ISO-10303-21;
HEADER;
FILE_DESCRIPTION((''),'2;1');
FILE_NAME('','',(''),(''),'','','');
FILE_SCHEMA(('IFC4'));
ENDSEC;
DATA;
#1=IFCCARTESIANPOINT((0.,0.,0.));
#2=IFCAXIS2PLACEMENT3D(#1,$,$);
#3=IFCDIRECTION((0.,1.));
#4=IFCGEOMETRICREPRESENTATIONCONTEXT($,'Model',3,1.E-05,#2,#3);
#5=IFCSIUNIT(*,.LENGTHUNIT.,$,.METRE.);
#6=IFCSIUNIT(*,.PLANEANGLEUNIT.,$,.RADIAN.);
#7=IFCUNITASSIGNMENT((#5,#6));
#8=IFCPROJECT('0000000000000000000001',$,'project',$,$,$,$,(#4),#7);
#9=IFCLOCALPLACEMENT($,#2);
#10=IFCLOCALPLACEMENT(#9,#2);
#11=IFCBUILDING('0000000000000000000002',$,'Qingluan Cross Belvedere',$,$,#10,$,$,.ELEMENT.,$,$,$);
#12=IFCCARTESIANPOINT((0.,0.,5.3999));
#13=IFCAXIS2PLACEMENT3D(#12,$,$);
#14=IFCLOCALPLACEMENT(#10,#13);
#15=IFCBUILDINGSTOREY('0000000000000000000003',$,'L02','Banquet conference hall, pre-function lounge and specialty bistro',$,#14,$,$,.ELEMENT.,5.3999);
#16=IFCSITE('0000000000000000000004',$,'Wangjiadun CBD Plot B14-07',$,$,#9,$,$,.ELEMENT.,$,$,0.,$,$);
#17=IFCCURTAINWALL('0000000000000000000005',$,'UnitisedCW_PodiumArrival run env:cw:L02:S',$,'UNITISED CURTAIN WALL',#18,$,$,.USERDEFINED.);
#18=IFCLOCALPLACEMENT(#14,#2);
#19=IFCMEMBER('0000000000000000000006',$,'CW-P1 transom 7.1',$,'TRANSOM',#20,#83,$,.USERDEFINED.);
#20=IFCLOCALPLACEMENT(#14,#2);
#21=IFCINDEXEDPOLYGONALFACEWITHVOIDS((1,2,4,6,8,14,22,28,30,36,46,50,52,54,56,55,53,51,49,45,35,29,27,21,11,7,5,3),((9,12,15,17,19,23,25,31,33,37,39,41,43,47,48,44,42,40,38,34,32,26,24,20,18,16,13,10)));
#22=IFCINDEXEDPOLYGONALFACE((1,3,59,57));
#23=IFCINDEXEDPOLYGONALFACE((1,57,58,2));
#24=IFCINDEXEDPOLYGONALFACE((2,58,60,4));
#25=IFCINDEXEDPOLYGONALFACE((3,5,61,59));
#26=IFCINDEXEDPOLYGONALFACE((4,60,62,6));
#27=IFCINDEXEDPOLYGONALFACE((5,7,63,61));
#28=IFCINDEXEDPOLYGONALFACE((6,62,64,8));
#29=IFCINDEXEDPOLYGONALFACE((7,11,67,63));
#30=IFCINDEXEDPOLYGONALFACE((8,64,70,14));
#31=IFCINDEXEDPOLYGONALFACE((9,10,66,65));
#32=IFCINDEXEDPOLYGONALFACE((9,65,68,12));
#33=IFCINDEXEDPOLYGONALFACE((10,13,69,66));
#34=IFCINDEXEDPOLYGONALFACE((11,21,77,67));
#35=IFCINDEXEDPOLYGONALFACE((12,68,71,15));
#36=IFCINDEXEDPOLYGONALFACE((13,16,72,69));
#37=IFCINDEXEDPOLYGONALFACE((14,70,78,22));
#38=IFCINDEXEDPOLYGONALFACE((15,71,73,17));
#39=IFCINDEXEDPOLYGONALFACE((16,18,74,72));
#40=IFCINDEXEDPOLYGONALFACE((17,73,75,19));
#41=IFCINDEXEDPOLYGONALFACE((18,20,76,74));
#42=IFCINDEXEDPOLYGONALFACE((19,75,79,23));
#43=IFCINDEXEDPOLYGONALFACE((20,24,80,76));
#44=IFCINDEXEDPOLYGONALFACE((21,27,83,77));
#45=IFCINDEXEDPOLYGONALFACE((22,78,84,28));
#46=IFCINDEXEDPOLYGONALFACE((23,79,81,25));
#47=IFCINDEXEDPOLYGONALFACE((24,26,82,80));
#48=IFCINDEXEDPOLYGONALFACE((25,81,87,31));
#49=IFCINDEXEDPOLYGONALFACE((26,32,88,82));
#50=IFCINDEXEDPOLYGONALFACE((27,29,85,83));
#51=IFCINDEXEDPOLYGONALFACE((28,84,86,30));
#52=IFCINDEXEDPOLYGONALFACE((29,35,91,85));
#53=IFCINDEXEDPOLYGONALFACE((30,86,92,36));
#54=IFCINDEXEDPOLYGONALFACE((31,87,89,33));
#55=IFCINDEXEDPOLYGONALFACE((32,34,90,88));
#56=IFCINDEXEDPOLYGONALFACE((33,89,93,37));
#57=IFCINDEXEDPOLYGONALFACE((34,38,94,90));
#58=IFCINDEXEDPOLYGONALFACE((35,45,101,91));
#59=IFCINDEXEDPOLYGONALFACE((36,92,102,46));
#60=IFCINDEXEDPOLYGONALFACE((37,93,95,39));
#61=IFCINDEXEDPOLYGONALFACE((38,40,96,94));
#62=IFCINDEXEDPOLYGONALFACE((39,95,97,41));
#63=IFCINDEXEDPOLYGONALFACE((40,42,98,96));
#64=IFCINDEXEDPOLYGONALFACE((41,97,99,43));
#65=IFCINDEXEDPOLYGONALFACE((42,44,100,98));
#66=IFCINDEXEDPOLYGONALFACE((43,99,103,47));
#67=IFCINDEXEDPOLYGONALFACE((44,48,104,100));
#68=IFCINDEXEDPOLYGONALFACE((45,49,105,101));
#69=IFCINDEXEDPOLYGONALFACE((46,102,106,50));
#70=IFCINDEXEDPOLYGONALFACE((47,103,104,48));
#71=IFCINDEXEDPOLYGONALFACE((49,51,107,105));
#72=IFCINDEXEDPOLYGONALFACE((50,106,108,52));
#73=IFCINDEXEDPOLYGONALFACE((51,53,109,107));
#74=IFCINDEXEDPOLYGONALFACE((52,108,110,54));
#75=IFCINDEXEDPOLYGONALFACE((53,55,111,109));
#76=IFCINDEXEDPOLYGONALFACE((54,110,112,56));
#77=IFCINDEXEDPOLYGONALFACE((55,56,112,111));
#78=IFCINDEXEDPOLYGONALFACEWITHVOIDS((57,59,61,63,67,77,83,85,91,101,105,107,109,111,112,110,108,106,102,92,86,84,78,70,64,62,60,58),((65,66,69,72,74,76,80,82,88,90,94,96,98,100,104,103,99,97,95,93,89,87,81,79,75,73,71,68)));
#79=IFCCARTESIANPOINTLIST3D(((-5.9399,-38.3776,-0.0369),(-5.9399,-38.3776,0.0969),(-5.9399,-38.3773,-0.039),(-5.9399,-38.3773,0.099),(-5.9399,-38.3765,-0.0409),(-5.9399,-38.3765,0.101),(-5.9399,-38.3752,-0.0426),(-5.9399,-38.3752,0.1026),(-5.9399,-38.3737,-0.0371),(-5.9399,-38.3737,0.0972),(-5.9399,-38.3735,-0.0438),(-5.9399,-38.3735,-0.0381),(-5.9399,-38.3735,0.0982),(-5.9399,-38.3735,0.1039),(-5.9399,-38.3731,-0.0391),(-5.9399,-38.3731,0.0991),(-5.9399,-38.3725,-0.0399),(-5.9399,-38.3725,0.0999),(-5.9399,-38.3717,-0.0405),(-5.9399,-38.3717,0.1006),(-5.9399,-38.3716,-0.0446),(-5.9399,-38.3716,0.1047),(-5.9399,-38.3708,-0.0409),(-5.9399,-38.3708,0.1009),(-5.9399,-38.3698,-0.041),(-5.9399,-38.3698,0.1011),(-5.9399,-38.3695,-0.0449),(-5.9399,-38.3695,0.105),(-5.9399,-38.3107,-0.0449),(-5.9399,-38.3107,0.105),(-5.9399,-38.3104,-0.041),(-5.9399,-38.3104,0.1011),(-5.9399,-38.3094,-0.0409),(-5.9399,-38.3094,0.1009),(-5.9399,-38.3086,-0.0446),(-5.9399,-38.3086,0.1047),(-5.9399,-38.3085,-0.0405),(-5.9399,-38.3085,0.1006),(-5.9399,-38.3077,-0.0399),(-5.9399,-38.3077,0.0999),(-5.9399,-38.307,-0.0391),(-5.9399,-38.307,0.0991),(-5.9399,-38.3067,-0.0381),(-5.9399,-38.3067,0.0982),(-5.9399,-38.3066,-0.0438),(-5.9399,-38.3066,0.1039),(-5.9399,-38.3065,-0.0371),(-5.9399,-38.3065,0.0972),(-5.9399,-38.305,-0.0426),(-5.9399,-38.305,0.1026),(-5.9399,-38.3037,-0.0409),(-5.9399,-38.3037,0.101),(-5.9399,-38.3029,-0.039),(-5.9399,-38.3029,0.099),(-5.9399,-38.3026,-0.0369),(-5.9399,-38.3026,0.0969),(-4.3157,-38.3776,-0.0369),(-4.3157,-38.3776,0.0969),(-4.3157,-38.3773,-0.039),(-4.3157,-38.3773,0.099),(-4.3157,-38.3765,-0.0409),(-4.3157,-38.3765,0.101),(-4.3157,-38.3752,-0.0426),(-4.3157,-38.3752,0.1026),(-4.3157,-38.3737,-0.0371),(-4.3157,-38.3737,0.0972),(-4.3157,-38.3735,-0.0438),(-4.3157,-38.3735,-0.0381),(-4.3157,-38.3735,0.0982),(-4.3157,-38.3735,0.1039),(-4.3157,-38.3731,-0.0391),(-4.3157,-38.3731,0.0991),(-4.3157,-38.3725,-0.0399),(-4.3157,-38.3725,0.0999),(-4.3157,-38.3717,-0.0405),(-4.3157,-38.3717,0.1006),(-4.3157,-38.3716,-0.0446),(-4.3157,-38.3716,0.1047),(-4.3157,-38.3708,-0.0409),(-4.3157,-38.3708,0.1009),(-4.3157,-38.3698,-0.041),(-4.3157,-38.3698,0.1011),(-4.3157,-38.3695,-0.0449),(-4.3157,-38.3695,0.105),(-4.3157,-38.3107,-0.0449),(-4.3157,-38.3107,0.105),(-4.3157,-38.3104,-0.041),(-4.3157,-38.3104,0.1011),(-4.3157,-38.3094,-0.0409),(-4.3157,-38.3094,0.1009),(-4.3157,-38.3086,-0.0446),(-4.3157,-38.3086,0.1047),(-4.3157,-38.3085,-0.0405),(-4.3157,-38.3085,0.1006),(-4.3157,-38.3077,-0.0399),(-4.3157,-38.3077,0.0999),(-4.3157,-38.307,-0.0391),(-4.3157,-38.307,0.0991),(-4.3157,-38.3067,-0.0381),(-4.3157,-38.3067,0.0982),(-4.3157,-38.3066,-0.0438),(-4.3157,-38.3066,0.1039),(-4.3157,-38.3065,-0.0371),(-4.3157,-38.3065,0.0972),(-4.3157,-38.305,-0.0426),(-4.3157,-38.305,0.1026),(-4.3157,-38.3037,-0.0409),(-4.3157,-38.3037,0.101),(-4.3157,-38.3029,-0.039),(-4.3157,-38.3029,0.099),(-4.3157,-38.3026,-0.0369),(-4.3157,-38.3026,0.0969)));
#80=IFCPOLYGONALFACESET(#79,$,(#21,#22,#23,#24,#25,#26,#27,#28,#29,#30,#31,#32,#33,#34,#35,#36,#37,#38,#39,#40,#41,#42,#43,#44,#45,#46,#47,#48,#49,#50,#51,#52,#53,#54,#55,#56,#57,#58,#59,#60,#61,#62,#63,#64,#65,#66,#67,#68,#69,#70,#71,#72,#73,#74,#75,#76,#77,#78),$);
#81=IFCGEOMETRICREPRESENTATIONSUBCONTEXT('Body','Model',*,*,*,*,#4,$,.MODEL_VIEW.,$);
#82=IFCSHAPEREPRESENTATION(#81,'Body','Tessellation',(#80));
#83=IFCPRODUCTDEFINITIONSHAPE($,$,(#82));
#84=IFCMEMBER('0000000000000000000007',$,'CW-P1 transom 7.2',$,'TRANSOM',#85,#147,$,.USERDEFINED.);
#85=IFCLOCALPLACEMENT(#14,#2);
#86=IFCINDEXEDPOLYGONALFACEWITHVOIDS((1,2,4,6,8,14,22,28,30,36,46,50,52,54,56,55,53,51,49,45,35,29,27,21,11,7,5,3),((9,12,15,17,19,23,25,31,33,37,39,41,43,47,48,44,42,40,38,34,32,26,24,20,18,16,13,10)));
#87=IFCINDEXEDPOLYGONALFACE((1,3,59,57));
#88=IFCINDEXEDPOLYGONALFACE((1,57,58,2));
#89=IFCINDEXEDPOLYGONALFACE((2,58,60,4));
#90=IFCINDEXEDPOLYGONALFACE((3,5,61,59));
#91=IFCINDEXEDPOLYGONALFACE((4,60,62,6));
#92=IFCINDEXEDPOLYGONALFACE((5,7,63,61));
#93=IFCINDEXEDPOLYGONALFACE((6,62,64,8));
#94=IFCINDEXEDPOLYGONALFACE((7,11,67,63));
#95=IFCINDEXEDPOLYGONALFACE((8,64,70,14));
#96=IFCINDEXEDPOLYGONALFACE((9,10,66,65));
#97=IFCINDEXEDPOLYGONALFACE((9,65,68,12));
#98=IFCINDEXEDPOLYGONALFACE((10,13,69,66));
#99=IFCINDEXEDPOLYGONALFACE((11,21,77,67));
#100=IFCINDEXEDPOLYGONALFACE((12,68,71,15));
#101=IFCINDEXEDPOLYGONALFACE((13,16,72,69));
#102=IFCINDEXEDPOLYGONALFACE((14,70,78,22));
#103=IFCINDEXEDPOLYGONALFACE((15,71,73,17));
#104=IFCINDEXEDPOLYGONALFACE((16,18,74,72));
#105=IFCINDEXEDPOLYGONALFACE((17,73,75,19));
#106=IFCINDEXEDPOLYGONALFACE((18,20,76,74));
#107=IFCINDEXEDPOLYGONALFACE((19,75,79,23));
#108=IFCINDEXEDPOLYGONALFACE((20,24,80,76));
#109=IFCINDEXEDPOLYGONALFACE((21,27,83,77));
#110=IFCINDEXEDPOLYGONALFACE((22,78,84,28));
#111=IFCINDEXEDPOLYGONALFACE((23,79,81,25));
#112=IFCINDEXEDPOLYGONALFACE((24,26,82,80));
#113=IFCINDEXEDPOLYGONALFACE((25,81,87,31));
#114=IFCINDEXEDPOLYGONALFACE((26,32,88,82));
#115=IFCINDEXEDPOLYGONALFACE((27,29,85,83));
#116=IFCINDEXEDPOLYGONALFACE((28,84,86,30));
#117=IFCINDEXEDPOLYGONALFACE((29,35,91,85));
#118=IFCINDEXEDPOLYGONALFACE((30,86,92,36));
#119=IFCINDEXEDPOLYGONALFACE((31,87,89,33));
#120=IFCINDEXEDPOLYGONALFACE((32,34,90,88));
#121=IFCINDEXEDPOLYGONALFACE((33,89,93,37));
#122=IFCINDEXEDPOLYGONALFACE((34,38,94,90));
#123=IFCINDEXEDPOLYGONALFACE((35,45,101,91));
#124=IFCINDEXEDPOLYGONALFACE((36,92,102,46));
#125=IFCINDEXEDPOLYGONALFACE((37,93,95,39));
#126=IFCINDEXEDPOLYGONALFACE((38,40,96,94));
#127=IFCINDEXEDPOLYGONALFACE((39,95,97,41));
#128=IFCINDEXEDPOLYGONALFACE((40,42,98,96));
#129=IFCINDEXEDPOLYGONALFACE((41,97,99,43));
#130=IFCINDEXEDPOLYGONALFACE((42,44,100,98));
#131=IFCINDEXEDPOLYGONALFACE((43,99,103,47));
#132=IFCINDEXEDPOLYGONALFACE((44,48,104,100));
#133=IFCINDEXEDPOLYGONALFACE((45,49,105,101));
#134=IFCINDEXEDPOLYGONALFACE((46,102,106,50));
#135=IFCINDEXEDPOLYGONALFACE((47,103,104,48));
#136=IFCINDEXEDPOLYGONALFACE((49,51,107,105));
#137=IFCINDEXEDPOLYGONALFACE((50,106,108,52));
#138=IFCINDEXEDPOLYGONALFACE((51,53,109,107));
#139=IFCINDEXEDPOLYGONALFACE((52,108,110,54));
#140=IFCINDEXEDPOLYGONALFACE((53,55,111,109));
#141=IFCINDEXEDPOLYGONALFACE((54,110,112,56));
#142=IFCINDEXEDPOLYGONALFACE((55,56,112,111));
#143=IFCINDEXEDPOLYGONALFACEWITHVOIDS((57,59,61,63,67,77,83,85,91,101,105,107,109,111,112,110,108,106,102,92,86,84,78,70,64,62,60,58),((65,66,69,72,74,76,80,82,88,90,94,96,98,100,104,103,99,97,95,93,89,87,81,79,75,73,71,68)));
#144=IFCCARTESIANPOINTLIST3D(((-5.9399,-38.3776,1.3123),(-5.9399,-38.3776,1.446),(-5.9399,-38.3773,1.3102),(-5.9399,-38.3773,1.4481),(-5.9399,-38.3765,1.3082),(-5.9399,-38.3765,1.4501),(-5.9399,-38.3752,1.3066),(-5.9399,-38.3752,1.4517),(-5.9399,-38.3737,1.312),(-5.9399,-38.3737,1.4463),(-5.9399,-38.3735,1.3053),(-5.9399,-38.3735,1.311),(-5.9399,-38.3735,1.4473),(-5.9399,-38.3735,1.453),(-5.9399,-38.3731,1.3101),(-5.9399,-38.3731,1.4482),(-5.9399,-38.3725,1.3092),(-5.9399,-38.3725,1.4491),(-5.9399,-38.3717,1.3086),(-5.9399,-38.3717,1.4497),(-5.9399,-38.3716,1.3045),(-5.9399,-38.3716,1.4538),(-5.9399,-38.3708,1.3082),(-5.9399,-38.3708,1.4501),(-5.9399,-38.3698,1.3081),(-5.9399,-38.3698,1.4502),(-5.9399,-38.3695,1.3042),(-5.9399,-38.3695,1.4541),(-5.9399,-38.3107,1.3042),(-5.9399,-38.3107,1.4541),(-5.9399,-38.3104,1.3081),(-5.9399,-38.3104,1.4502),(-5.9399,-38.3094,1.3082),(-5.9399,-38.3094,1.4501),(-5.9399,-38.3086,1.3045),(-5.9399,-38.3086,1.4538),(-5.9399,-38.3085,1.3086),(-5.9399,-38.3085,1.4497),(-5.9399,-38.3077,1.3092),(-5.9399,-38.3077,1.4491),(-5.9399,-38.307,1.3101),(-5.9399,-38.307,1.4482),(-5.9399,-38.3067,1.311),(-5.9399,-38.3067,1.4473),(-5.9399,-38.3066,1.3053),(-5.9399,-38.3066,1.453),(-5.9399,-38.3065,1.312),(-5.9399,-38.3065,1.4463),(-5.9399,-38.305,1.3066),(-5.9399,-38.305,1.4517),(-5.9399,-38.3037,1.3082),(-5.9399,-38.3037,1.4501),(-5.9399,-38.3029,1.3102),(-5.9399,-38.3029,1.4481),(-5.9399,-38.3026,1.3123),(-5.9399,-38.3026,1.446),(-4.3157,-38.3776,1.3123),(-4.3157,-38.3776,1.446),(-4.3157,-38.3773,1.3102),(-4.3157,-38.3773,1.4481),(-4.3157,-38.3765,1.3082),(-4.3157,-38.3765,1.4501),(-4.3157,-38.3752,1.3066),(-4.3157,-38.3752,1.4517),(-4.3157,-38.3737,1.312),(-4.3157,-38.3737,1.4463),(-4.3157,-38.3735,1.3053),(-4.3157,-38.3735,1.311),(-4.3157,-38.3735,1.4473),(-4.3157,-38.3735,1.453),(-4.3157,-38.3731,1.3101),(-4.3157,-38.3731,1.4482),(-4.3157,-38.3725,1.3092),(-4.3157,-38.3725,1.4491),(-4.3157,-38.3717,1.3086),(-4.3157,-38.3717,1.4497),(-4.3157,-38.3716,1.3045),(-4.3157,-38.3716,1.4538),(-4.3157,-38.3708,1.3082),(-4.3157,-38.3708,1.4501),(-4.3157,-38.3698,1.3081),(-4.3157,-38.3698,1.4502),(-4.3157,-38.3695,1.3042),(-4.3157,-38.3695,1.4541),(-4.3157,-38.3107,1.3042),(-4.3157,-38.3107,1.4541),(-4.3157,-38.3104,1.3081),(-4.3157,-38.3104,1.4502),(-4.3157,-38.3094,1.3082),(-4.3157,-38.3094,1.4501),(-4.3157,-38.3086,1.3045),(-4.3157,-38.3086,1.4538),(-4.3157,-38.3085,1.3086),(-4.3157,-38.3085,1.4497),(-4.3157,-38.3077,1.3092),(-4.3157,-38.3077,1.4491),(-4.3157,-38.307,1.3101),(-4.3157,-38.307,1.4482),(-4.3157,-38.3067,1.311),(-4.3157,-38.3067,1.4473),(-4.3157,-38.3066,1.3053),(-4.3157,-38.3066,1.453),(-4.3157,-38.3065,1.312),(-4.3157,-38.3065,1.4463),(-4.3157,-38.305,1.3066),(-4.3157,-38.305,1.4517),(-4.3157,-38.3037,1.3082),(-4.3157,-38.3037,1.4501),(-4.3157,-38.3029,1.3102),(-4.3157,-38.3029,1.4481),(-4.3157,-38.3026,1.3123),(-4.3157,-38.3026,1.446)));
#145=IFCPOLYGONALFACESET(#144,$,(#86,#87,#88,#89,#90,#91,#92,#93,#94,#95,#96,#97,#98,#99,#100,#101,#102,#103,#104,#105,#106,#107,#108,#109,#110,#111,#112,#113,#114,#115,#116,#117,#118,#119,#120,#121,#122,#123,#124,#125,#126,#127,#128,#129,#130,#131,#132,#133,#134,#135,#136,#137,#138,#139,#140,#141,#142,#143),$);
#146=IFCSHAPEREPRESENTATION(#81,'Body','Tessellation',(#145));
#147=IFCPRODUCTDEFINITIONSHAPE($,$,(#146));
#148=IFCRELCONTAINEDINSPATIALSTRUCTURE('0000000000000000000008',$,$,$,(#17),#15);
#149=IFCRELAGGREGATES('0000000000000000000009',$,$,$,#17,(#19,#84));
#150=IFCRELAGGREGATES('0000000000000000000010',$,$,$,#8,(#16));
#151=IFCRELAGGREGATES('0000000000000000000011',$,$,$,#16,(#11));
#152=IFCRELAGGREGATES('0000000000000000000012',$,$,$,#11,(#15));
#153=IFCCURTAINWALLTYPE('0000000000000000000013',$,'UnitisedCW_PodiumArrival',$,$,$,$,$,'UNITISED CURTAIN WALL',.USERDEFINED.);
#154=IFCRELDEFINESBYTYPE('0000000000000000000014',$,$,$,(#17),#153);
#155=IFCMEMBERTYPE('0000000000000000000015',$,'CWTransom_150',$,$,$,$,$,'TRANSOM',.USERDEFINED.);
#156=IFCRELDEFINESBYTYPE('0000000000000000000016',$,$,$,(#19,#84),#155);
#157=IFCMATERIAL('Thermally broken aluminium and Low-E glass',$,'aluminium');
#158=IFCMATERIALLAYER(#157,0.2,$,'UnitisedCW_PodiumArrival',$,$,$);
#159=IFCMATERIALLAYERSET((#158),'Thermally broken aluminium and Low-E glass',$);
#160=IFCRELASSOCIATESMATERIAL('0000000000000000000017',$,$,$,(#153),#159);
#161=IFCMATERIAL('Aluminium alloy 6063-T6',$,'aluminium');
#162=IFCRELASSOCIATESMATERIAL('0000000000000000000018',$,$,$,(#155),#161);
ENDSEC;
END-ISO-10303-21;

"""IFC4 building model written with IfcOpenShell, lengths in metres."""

from ifc_helpers import new_model, si_unit, direction, frame, origin, origin_2d, place, context, subcontext, project, spatial, hollow_rectangle, extrude, material, layer, layer_set, material_profile, profile_set, type_object, element, aggregate, save


model = new_model("IFC4")

# Units and contexts
model_context = context("Model", 3, precision=1e-05, world=origin(), true_north=direction((0.0, 1.0)))
body_context = subcontext(model_context, "Body", "Model", "MODEL_VIEW")
ifc_project = project(units=[si_unit("LENGTHUNIT", "METRE"), si_unit("PLANEANGLEUNIT", "RADIAN")], contexts=[model_context])

# Site, building, storey
site_placement = place(None, origin())
site = spatial("IfcSite", under=ifc_project, at=site_placement, Name="Wangjiadun CBD Plot B14-07", CompositionType="ELEMENT", RefElevation=0.0)
building_placement = place(site_placement, origin())
building = spatial("IfcBuilding", under=site, at=building_placement, Name="Qingluan Cross Belvedere", CompositionType="ELEMENT")
storey_placement = place(building_placement, frame((0.0, 0.0, 5.3999)))
storey = spatial("IfcBuildingStorey", under=building, at=storey_placement, Name="L02", Description="Banquet conference hall, pre-function lounge and specialty bistro", CompositionType="ELEMENT", Elevation=5.3999)

# Curtain wall, members
ifc_material_1 = material(Name="Thermally broken aluminium and Low-E glass", Category="aluminium")
ifc_layer_1 = layer(ifc_material_1, 0.2, Name="UnitisedCW_PodiumArrival")
ifc_layer_set_1 = layer_set([ifc_layer_1], Name="Thermally broken aluminium and Low-E glass")
curtain_wall_type = type_object("IfcCurtainWallType", Name="UnitisedCW_PodiumArrival", ElementType="UNITISED CURTAIN WALL", PredefinedType="USERDEFINED", material=ifc_layer_set_1)
curtain_wall_placement = place(storey_placement, origin())
curtain_wall = element("IfcCurtainWall", 1, at=curtain_wall_placement, inside=storey, type_object=curtain_wall_type, Name="UnitisedCW_PodiumArrival run env:cw:L02:S", ObjectType="UNITISED CURTAIN WALL", PredefinedType="USERDEFINED")
ifc_material_2 = material(Name="Aluminium alloy 6063-T6", Category="aluminium")
ifc_material_profile_1 = material_profile(ifc_material_2, hollow_rectangle(XDim=0.075, YDim=0.1499, WallThickness=0.0039, InnerFilletRadius=0.0039, OuterFilletRadius=0.0081, at=origin_2d()), Name="CWT150x75x4")
ifc_profile_set_1 = profile_set([ifc_material_profile_1], Name="Aluminium alloy 6063-T6")
member_type_1 = type_object("IfcMemberType", Name="CWTransom_150", ElementType="TRANSOM", PredefinedType="USERDEFINED", material=ifc_profile_set_1)
member_1_placement = place(storey_placement, frame((-4.3157, -38.3401, 0.03), z_axis=(-1.0, 0.0, 0.0), x_axis=(0.0, -1.0, 0.0)))
member_1 = element("IfcMember", 2, at=member_1_placement, type_object=member_type_1, Name="CW-P1 transom 7.1", ObjectType="TRANSOM", PredefinedType="USERDEFINED", context=body_context, shape_type="SweptSolid", body=[
    extrude(hollow_rectangle(XDim=0.075, YDim=0.1499, WallThickness=0.0039, InnerFilletRadius=0.0039, OuterFilletRadius=0.0081, at=origin_2d()), origin(), (0.0, 0.0, 1.0), 1.6243),
])
member_2_placement = place(storey_placement, frame((-4.3157, -38.3401, 1.3792), z_axis=(-1.0, 0.0, 0.0), x_axis=(0.0, -1.0, 0.0)))
member_2 = element("IfcMember", 3, at=member_2_placement, type_object=member_type_1, Name="CW-P1 transom 7.2", ObjectType="TRANSOM", PredefinedType="USERDEFINED", context=body_context, shape_type="SweptSolid", body=[
    extrude(hollow_rectangle(XDim=0.075, YDim=0.1499, WallThickness=0.0039, InnerFilletRadius=0.0039, OuterFilletRadius=0.0081, at=origin_2d()), origin(), (0.0, 0.0, 1.0), 1.6243),
])

aggregate(curtain_wall, [member_1, member_2])

save(model, "model.ifc")
